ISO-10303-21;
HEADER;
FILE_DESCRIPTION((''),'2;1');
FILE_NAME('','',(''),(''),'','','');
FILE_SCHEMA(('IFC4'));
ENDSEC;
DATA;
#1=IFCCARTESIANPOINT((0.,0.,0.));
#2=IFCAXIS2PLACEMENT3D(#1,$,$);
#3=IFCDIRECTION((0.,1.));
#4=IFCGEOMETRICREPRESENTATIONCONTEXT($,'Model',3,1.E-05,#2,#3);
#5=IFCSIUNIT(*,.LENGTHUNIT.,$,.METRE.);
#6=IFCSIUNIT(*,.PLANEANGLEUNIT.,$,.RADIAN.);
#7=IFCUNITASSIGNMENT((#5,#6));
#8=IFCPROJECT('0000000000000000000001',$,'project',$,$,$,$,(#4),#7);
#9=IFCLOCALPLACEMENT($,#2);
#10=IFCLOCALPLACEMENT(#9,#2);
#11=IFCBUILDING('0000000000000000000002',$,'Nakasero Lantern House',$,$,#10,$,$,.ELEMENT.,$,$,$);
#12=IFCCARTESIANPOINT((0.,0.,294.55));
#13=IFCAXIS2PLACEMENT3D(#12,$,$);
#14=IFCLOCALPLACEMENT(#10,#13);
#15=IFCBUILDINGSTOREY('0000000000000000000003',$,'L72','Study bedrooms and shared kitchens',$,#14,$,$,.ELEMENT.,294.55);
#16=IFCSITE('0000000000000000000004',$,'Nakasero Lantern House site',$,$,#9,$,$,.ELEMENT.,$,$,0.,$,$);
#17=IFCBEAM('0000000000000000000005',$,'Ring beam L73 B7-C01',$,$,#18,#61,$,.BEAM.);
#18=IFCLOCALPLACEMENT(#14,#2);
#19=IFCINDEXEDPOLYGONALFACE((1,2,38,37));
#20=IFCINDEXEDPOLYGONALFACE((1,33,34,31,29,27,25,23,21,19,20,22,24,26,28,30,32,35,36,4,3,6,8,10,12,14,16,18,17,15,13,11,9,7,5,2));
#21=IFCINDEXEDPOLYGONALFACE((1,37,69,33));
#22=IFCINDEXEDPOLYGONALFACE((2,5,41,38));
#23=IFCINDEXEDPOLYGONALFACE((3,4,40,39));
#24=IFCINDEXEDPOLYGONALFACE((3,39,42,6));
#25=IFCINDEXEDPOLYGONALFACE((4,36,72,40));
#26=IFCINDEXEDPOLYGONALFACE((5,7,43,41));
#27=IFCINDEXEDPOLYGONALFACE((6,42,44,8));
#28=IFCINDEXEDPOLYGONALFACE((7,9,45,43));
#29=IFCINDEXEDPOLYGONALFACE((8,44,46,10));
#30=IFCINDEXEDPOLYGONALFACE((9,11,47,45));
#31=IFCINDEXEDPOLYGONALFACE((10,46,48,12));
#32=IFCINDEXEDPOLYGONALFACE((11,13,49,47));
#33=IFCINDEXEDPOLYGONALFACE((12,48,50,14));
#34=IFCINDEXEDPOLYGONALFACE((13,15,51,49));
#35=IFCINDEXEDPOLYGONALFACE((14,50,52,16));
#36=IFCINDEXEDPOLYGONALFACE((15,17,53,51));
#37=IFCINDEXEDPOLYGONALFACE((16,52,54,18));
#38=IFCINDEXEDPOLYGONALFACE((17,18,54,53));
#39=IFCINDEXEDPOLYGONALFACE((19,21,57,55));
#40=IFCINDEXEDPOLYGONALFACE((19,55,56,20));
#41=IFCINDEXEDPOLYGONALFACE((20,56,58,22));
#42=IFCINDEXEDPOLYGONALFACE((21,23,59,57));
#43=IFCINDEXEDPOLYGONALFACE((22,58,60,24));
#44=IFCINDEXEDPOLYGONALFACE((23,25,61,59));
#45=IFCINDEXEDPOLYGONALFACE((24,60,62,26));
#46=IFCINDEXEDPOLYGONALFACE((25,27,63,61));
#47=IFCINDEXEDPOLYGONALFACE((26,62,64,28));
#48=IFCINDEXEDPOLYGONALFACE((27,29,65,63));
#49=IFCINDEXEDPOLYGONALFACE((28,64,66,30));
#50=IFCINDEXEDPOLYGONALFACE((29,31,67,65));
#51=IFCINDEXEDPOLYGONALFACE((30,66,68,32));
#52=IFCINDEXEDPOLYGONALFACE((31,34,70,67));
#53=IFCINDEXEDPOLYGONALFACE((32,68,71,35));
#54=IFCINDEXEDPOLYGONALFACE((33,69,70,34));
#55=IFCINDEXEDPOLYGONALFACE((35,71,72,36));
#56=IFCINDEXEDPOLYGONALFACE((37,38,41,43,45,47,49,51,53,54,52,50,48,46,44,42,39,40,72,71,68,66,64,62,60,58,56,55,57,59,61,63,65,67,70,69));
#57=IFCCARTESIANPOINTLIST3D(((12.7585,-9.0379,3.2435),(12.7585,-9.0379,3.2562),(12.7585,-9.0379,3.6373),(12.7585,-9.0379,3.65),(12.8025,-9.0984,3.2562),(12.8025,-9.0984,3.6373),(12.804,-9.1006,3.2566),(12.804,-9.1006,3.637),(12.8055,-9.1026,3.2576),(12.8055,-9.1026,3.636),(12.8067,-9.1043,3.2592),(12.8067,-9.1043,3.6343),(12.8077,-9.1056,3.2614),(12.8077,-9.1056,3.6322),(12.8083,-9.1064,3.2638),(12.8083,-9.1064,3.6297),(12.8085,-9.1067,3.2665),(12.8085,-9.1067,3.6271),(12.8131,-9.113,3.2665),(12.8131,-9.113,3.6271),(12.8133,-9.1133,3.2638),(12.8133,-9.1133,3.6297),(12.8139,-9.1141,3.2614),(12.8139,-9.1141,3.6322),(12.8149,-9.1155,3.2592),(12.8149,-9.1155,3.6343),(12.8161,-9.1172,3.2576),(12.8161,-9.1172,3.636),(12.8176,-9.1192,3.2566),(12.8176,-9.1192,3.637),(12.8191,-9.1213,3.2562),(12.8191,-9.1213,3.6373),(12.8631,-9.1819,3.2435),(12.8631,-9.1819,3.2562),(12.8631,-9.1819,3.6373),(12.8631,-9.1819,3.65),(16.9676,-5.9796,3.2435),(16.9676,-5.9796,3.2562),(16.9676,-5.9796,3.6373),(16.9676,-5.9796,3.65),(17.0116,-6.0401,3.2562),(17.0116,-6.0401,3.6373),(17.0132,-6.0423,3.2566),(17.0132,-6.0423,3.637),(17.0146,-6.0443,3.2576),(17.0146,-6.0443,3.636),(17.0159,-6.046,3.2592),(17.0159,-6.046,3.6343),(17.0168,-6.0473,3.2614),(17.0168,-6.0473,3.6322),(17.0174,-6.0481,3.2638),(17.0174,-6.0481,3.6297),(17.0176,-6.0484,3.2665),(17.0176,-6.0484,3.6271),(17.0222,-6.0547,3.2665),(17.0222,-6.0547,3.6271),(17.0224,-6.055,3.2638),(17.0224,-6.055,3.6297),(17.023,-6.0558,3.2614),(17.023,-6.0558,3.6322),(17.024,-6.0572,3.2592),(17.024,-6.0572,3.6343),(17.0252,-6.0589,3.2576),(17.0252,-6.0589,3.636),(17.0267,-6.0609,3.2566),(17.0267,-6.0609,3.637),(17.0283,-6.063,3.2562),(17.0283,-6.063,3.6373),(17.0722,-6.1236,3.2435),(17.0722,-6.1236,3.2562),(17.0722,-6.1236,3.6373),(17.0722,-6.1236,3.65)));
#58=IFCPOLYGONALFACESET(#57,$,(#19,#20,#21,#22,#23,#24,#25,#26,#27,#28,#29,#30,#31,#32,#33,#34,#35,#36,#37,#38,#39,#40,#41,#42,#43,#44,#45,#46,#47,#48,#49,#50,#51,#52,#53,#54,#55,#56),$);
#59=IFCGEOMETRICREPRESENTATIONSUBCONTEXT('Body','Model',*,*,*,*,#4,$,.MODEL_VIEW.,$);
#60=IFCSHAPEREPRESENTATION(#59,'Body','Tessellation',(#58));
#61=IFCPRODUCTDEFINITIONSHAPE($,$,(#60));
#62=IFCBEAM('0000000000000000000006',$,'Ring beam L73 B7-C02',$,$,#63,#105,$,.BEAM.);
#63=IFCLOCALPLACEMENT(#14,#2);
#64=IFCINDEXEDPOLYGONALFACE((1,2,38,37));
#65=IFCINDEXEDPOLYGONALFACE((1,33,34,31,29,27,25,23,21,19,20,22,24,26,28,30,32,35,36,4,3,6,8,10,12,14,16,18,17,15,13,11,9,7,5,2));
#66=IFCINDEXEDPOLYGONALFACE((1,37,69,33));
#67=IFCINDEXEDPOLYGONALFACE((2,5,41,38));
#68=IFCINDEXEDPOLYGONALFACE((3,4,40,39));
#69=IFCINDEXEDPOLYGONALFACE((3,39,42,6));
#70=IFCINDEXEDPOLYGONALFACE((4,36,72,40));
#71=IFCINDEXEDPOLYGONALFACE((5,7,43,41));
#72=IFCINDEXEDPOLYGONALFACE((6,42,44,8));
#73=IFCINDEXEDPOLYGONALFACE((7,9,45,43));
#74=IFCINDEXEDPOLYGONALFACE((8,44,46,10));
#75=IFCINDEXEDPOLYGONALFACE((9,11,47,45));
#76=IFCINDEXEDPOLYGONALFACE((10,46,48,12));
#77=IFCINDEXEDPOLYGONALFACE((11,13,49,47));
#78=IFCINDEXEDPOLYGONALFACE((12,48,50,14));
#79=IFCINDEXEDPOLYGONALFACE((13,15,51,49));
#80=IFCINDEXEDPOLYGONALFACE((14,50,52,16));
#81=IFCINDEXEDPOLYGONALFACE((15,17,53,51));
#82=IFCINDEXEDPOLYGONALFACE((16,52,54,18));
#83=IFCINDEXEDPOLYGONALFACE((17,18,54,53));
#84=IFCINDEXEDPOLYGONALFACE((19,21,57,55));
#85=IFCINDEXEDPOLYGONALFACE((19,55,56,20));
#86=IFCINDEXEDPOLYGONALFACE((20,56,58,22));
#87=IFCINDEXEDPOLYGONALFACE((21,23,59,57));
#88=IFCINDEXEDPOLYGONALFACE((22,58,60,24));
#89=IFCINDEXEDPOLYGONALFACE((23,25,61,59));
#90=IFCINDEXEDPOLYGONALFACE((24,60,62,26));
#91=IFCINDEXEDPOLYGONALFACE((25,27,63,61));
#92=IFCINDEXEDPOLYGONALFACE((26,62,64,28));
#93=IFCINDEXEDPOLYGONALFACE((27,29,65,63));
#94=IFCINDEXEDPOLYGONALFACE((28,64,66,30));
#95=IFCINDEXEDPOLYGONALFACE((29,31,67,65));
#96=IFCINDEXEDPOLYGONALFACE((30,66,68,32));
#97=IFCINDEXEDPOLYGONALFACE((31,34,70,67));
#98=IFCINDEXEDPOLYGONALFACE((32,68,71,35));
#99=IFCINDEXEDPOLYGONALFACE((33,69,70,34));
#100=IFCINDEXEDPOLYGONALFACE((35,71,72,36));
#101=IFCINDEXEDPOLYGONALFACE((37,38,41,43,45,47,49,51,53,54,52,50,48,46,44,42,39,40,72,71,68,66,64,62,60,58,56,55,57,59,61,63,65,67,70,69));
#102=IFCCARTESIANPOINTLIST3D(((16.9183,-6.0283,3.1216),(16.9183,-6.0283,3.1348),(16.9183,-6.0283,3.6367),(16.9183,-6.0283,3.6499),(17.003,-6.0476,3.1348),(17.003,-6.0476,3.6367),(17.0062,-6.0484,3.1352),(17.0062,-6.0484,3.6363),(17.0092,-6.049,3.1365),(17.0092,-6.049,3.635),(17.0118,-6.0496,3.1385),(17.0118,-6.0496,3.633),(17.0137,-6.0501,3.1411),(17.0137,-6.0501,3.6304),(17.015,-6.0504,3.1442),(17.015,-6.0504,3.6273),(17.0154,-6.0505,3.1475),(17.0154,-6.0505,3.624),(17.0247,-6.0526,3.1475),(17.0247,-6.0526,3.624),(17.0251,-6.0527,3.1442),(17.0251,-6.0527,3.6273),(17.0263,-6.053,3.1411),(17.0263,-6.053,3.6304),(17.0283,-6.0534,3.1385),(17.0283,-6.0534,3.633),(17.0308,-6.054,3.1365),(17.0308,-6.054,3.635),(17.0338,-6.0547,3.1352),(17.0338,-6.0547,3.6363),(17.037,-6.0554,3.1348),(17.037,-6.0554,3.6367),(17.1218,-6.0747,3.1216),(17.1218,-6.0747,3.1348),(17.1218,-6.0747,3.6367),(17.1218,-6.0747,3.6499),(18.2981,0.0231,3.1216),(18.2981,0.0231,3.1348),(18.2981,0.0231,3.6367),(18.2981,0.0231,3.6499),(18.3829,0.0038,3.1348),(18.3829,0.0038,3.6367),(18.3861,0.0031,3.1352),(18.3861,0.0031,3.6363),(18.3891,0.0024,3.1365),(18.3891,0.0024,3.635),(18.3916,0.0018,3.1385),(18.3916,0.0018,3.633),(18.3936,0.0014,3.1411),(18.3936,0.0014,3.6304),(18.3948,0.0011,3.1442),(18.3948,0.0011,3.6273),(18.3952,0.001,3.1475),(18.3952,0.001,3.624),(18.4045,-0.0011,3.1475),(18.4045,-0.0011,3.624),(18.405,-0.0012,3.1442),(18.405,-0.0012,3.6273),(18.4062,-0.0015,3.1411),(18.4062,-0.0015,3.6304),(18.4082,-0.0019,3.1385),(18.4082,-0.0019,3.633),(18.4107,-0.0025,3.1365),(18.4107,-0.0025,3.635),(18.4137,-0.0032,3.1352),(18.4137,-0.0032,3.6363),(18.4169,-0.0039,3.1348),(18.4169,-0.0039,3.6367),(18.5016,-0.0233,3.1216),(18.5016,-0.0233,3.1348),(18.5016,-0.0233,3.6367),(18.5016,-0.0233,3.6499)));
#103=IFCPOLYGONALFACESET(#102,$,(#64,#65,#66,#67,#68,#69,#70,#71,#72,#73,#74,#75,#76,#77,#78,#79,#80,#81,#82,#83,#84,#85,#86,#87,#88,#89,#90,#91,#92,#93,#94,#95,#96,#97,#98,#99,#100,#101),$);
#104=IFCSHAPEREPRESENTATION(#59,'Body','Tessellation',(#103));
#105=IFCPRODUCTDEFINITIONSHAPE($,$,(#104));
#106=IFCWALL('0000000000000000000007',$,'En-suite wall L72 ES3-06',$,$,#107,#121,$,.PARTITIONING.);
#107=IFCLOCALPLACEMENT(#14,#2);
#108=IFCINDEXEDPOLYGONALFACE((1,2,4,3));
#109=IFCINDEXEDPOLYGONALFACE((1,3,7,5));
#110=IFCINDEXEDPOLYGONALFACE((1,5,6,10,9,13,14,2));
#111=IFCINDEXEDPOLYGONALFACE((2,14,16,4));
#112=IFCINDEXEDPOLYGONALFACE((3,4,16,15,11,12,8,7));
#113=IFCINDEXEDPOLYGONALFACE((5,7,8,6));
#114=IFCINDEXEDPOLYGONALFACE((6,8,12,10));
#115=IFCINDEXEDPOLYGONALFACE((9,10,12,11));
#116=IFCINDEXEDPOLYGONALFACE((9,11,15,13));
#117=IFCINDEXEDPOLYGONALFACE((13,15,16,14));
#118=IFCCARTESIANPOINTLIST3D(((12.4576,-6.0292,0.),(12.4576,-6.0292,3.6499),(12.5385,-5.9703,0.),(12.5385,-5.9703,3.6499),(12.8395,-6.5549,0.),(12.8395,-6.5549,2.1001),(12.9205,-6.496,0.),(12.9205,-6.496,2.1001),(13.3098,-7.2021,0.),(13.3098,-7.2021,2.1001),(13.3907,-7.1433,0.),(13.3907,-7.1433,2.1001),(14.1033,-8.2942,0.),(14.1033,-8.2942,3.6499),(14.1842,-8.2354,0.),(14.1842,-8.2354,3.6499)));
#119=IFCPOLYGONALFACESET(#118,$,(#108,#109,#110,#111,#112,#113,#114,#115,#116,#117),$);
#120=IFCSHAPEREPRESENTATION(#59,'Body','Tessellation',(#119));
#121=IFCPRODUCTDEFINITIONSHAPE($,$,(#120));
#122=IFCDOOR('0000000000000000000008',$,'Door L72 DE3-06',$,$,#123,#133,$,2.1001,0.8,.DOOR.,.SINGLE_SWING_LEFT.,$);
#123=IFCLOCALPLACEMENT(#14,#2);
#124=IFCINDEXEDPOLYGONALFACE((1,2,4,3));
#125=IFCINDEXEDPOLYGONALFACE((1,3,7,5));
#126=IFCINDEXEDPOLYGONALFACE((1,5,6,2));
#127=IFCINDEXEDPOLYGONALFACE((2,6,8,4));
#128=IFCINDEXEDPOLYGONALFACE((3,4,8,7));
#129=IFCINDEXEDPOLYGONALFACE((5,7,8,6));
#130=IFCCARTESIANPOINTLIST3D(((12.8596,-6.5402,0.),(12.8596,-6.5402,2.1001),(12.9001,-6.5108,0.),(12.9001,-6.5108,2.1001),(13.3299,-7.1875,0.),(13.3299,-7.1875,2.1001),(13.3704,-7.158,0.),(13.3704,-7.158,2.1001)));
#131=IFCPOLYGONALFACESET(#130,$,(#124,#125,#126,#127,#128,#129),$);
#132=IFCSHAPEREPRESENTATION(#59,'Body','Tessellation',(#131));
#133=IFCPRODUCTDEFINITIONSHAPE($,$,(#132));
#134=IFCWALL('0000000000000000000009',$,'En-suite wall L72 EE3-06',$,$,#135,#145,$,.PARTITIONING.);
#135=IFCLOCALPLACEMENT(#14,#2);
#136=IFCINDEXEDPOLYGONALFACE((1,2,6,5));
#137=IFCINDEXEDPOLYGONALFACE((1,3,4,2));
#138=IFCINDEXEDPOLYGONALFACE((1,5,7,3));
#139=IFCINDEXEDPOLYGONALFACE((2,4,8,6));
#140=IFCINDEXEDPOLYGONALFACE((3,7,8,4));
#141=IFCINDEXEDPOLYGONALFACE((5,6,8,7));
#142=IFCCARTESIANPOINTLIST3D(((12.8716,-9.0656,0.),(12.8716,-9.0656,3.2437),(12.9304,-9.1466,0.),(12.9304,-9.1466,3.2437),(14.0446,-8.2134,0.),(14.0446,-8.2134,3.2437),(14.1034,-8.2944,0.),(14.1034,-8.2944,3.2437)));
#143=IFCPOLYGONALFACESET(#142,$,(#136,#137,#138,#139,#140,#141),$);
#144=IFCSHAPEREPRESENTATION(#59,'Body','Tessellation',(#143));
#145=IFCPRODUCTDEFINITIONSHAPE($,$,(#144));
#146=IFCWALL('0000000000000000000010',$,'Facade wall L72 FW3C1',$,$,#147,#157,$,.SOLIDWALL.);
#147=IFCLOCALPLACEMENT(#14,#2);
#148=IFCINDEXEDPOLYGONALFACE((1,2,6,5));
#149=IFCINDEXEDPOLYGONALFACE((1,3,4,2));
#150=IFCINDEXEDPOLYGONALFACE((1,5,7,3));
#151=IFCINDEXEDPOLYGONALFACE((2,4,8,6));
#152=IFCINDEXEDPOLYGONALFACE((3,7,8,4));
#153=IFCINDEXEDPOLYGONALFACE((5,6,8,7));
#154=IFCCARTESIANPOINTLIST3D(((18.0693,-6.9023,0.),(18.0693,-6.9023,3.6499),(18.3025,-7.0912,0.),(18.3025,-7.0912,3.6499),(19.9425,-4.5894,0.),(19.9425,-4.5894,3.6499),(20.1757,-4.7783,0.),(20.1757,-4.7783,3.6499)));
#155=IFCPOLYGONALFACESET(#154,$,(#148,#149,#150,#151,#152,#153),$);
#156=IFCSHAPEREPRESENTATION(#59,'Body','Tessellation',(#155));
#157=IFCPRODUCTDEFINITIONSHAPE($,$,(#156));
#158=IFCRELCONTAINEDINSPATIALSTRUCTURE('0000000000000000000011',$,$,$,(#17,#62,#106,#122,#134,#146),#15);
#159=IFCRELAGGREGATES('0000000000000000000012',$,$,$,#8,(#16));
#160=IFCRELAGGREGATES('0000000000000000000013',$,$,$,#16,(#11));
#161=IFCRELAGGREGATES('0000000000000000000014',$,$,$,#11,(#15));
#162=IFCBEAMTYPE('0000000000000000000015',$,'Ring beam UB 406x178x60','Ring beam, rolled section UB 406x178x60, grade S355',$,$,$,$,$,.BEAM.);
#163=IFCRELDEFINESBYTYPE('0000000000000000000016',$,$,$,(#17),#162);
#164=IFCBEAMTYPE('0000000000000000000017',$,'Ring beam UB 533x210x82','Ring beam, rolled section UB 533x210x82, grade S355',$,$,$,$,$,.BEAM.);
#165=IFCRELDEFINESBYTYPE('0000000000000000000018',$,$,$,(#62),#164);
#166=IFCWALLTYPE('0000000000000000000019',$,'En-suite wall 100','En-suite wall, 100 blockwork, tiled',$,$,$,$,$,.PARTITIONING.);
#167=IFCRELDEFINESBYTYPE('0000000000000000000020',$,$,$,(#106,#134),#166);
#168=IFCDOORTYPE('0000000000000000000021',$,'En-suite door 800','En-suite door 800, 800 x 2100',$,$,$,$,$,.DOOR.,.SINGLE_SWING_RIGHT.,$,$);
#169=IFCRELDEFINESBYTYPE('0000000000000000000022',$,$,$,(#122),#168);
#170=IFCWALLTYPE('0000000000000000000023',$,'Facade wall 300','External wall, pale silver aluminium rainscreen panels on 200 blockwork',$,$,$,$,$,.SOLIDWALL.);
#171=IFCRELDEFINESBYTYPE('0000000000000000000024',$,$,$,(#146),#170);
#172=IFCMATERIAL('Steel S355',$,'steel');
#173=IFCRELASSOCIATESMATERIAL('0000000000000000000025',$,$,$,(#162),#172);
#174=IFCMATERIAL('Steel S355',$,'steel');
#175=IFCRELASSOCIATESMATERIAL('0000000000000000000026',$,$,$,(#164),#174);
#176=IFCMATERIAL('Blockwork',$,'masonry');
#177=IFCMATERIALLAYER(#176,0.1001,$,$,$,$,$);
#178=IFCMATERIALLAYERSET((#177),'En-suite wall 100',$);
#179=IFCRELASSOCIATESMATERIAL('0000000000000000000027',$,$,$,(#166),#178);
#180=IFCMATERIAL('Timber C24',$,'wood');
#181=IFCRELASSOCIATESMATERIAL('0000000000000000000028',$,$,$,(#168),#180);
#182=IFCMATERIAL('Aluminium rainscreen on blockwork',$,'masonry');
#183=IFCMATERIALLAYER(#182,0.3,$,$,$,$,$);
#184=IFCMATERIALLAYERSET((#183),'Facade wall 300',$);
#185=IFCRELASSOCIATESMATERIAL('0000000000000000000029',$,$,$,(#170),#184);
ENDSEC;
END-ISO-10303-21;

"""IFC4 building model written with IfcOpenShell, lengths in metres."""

from ifc_helpers import new_model, si_unit, direction, frame, frame_2d, origin, origin_2d, place, context, subcontext, project, spatial, rectangle, i_section, extrude, material, layer, layer_set, material_profile, profile_set, type_object, element, fill, save


model = new_model("IFC4")

# Units and contexts
model_context = context("Model", 3, precision=1e-05, world=origin(), true_north=direction((0.0, 1.0)))
body_context = subcontext(model_context, "Body", "Model", "MODEL_VIEW")
ifc_project = project(units=[si_unit("LENGTHUNIT", "METRE"), si_unit("PLANEANGLEUNIT", "RADIAN")], contexts=[model_context])

# Site, building, storey
site_placement = place(None, origin())
site = spatial("IfcSite", under=ifc_project, at=site_placement, Name="Nakasero Lantern House site", CompositionType="ELEMENT", RefElevation=0.0)
building_placement = place(site_placement, origin())
building = spatial("IfcBuilding", under=site, at=building_placement, Name="Nakasero Lantern House", CompositionType="ELEMENT")
storey_placement = place(building_placement, frame((0.0, 0.0, 294.55)))
storey = spatial("IfcBuildingStorey", under=building, at=storey_placement, Name="L72", Description="Study bedrooms and shared kitchens", CompositionType="ELEMENT", Elevation=294.55)

# Beams
ifc_material_1 = material(Name="Steel S355", Category="steel")
ifc_material_profile_1 = material_profile(ifc_material_1, i_section(OverallWidth=0.178, OverallDepth=0.4065, WebThickness=0.0078, FlangeThickness=0.0127, FilletRadius=0.0103, at=origin_2d()), Name="UB 406x178x60")
ifc_profile_set_1 = profile_set([ifc_material_profile_1], Name="Steel S355")
beam_type_1 = type_object("IfcBeamType", Name="Ring beam UB 406x178x60", Description="Ring beam, rolled section UB 406x178x60, grade S355", PredefinedType="BEAM", material=ifc_profile_set_1)
beam_1_placement = place(storey_placement, frame((12.8108, -9.1099, 3.4468), z_axis=(0.809002, 0.587806, 0.0), x_axis=(-0.587806, 0.809002, 0.0)))
element("IfcBeam", 1, at=beam_1_placement, inside=storey, type_object=beam_type_1, Name="Ring beam L73 B7-C01", PredefinedType="BEAM", context=body_context, shape_type="SweptSolid", body=[
    extrude(i_section(OverallWidth=0.178, OverallDepth=0.4065, WebThickness=0.0078, FlangeThickness=0.0127, FilletRadius=0.0103, at=origin_2d()), origin(), (0.0, 0.0, 1.0), 5.2029),
])
ifc_material_2 = material(Name="Steel S355", Category="steel")
ifc_material_profile_2 = material_profile(ifc_material_2, i_section(OverallWidth=0.2087, OverallDepth=0.5283, WebThickness=0.0095, FlangeThickness=0.0132, FilletRadius=0.0127, at=origin_2d()), Name="UB 533x210x82")
ifc_profile_set_2 = profile_set([ifc_material_profile_2], Name="Steel S355")
beam_type_2 = type_object("IfcBeamType", Name="Ring beam UB 533x210x82", Description="Ring beam, rolled section UB 533x210x82, grade S355", PredefinedType="BEAM", material=ifc_profile_set_2)
beam_2_placement = place(storey_placement, frame((17.02, -6.0515, 3.3857), z_axis=(0.222316, 0.974975, 0.0), x_axis=(-0.974975, 0.222316, 0.0)))
element("IfcBeam", 2, at=beam_2_placement, inside=storey, type_object=beam_type_2, Name="Ring beam L73 B7-C02", PredefinedType="BEAM", context=body_context, shape_type="SweptSolid", body=[
    extrude(i_section(OverallWidth=0.2087, OverallDepth=0.5283, WebThickness=0.0095, FlangeThickness=0.0132, FilletRadius=0.0127, at=origin_2d()), origin(), (0.0, 0.0, 1.0), 6.2068),
])

# Wall, opening, door
ifc_material_3 = material(Name="Blockwork", Category="masonry")
ifc_layer_1 = layer(ifc_material_3, 0.1001)
ifc_layer_set_1 = layer_set([ifc_layer_1], Name="En-suite wall 100")
wall_type_1 = type_object("IfcWallType", Name="En-suite wall 100", Description="En-suite wall, 100 blockwork, tiled", PredefinedType="PARTITIONING", material=ifc_layer_set_1)
wall_1_placement = place(storey_placement, frame((12.498, -5.9998, 0.0), z_axis=(0.0, 0.0, 1.0), x_axis=(0.587793, -0.809011, 0.0)))
wall_1 = element("IfcWall", 3, at=wall_1_placement, inside=storey, type_object=wall_type_1, Name="En-suite wall L72 ES3-06", PredefinedType="PARTITIONING", context=body_context, shape_type="SweptSolid", body=[
    extrude(rectangle(XDim=2.7998, YDim=0.1001, at=frame_2d((1.3999, 0.0))), origin(), (0.0, 0.0, 1.0), 3.6499),
])
opening_1_placement = place(wall_1_placement, frame((0.6499, 0.0, 0.0)))
opening_1 = element("IfcOpeningElement", 4, at=opening_1_placement, cuts=wall_1, PredefinedType="OPENING", context=body_context, shape_type="SweptSolid", body=[
    extrude(rectangle(XDim=0.8, YDim=2.1001, at=frame_2d((0.3999, 1.05))), frame((0.0, 0.0701, 0.0), z_axis=(0.0, -1.0, 0.0), x_axis=(1.0, 0.0, 0.0)), (0.0, 0.0, 1.0), 0.1401),
])
ifc_material_4 = material(Name="Timber C24", Category="wood")
door_type_1 = type_object("IfcDoorType", Name="En-suite door 800", Description="En-suite door 800, 800 x 2100", OperationType="SINGLE_SWING_RIGHT", PredefinedType="DOOR", material=ifc_material_4)
door_1_placement = place(opening_1_placement, origin())
door_1 = element("IfcDoor", 5, at=door_1_placement, inside=storey, type_object=door_type_1, Name="Door L72 DE3-06", OperationType="SINGLE_SWING_LEFT", OverallHeight=2.1001, OverallWidth=0.8, PredefinedType="DOOR", context=body_context, shape_type="SweptSolid", body=[
    extrude(rectangle(XDim=0.8, YDim=2.1001, at=frame_2d((0.3999, 1.05))), frame((0.0, 0.0249, 0.0), z_axis=(0.0, -1.0, 0.0), x_axis=(1.0, 0.0, 0.0)), (0.0, 0.0, 1.0), 0.05),
])
fill(opening_1, door_1)

# Walls
wall_2_placement = place(storey_placement, frame((12.9009, -9.1062, 0.0), z_axis=(0.0, 0.0, 1.0), x_axis=(0.80902, 0.587781, 0.0)))
element("IfcWall", 6, at=wall_2_placement, inside=storey, type_object=wall_type_1, Name="En-suite wall L72 EE3-06", PredefinedType="PARTITIONING", context=body_context, shape_type="SweptSolid", body=[
    extrude(rectangle(XDim=1.45, YDim=0.1001, at=frame_2d((0.7251, 0.0))), origin(), (0.0, 0.0, 1.0), 3.2437),
])
ifc_material_5 = material(Name="Aluminium rainscreen on blockwork", Category="masonry")
ifc_layer_2 = layer(ifc_material_5, 0.3)
ifc_layer_set_2 = layer_set([ifc_layer_2], Name="Facade wall 300")
wall_type_2 = type_object("IfcWallType", Name="Facade wall 300", Description="External wall, pale silver aluminium rainscreen panels on 200 blockwork", PredefinedType="SOLIDWALL", material=ifc_layer_set_2)
wall_3_placement = place(storey_placement, frame((18.1858, -6.9968, 0.0), z_axis=(0.0, 0.0, 1.0), x_axis=(0.629375, 0.777102, 0.0)))
element("IfcWall", 7, at=wall_3_placement, inside=storey, type_object=wall_type_2, Name="Facade wall L72 FW3C1", PredefinedType="SOLIDWALL", context=body_context, shape_type="SweptSolid", body=[
    extrude(rectangle(XDim=2.9763, YDim=0.3, at=frame_2d((1.4883, 0.0))), origin(), (0.0, 0.0, 1.0), 3.6499),
])

save(model, "model.ifc")
